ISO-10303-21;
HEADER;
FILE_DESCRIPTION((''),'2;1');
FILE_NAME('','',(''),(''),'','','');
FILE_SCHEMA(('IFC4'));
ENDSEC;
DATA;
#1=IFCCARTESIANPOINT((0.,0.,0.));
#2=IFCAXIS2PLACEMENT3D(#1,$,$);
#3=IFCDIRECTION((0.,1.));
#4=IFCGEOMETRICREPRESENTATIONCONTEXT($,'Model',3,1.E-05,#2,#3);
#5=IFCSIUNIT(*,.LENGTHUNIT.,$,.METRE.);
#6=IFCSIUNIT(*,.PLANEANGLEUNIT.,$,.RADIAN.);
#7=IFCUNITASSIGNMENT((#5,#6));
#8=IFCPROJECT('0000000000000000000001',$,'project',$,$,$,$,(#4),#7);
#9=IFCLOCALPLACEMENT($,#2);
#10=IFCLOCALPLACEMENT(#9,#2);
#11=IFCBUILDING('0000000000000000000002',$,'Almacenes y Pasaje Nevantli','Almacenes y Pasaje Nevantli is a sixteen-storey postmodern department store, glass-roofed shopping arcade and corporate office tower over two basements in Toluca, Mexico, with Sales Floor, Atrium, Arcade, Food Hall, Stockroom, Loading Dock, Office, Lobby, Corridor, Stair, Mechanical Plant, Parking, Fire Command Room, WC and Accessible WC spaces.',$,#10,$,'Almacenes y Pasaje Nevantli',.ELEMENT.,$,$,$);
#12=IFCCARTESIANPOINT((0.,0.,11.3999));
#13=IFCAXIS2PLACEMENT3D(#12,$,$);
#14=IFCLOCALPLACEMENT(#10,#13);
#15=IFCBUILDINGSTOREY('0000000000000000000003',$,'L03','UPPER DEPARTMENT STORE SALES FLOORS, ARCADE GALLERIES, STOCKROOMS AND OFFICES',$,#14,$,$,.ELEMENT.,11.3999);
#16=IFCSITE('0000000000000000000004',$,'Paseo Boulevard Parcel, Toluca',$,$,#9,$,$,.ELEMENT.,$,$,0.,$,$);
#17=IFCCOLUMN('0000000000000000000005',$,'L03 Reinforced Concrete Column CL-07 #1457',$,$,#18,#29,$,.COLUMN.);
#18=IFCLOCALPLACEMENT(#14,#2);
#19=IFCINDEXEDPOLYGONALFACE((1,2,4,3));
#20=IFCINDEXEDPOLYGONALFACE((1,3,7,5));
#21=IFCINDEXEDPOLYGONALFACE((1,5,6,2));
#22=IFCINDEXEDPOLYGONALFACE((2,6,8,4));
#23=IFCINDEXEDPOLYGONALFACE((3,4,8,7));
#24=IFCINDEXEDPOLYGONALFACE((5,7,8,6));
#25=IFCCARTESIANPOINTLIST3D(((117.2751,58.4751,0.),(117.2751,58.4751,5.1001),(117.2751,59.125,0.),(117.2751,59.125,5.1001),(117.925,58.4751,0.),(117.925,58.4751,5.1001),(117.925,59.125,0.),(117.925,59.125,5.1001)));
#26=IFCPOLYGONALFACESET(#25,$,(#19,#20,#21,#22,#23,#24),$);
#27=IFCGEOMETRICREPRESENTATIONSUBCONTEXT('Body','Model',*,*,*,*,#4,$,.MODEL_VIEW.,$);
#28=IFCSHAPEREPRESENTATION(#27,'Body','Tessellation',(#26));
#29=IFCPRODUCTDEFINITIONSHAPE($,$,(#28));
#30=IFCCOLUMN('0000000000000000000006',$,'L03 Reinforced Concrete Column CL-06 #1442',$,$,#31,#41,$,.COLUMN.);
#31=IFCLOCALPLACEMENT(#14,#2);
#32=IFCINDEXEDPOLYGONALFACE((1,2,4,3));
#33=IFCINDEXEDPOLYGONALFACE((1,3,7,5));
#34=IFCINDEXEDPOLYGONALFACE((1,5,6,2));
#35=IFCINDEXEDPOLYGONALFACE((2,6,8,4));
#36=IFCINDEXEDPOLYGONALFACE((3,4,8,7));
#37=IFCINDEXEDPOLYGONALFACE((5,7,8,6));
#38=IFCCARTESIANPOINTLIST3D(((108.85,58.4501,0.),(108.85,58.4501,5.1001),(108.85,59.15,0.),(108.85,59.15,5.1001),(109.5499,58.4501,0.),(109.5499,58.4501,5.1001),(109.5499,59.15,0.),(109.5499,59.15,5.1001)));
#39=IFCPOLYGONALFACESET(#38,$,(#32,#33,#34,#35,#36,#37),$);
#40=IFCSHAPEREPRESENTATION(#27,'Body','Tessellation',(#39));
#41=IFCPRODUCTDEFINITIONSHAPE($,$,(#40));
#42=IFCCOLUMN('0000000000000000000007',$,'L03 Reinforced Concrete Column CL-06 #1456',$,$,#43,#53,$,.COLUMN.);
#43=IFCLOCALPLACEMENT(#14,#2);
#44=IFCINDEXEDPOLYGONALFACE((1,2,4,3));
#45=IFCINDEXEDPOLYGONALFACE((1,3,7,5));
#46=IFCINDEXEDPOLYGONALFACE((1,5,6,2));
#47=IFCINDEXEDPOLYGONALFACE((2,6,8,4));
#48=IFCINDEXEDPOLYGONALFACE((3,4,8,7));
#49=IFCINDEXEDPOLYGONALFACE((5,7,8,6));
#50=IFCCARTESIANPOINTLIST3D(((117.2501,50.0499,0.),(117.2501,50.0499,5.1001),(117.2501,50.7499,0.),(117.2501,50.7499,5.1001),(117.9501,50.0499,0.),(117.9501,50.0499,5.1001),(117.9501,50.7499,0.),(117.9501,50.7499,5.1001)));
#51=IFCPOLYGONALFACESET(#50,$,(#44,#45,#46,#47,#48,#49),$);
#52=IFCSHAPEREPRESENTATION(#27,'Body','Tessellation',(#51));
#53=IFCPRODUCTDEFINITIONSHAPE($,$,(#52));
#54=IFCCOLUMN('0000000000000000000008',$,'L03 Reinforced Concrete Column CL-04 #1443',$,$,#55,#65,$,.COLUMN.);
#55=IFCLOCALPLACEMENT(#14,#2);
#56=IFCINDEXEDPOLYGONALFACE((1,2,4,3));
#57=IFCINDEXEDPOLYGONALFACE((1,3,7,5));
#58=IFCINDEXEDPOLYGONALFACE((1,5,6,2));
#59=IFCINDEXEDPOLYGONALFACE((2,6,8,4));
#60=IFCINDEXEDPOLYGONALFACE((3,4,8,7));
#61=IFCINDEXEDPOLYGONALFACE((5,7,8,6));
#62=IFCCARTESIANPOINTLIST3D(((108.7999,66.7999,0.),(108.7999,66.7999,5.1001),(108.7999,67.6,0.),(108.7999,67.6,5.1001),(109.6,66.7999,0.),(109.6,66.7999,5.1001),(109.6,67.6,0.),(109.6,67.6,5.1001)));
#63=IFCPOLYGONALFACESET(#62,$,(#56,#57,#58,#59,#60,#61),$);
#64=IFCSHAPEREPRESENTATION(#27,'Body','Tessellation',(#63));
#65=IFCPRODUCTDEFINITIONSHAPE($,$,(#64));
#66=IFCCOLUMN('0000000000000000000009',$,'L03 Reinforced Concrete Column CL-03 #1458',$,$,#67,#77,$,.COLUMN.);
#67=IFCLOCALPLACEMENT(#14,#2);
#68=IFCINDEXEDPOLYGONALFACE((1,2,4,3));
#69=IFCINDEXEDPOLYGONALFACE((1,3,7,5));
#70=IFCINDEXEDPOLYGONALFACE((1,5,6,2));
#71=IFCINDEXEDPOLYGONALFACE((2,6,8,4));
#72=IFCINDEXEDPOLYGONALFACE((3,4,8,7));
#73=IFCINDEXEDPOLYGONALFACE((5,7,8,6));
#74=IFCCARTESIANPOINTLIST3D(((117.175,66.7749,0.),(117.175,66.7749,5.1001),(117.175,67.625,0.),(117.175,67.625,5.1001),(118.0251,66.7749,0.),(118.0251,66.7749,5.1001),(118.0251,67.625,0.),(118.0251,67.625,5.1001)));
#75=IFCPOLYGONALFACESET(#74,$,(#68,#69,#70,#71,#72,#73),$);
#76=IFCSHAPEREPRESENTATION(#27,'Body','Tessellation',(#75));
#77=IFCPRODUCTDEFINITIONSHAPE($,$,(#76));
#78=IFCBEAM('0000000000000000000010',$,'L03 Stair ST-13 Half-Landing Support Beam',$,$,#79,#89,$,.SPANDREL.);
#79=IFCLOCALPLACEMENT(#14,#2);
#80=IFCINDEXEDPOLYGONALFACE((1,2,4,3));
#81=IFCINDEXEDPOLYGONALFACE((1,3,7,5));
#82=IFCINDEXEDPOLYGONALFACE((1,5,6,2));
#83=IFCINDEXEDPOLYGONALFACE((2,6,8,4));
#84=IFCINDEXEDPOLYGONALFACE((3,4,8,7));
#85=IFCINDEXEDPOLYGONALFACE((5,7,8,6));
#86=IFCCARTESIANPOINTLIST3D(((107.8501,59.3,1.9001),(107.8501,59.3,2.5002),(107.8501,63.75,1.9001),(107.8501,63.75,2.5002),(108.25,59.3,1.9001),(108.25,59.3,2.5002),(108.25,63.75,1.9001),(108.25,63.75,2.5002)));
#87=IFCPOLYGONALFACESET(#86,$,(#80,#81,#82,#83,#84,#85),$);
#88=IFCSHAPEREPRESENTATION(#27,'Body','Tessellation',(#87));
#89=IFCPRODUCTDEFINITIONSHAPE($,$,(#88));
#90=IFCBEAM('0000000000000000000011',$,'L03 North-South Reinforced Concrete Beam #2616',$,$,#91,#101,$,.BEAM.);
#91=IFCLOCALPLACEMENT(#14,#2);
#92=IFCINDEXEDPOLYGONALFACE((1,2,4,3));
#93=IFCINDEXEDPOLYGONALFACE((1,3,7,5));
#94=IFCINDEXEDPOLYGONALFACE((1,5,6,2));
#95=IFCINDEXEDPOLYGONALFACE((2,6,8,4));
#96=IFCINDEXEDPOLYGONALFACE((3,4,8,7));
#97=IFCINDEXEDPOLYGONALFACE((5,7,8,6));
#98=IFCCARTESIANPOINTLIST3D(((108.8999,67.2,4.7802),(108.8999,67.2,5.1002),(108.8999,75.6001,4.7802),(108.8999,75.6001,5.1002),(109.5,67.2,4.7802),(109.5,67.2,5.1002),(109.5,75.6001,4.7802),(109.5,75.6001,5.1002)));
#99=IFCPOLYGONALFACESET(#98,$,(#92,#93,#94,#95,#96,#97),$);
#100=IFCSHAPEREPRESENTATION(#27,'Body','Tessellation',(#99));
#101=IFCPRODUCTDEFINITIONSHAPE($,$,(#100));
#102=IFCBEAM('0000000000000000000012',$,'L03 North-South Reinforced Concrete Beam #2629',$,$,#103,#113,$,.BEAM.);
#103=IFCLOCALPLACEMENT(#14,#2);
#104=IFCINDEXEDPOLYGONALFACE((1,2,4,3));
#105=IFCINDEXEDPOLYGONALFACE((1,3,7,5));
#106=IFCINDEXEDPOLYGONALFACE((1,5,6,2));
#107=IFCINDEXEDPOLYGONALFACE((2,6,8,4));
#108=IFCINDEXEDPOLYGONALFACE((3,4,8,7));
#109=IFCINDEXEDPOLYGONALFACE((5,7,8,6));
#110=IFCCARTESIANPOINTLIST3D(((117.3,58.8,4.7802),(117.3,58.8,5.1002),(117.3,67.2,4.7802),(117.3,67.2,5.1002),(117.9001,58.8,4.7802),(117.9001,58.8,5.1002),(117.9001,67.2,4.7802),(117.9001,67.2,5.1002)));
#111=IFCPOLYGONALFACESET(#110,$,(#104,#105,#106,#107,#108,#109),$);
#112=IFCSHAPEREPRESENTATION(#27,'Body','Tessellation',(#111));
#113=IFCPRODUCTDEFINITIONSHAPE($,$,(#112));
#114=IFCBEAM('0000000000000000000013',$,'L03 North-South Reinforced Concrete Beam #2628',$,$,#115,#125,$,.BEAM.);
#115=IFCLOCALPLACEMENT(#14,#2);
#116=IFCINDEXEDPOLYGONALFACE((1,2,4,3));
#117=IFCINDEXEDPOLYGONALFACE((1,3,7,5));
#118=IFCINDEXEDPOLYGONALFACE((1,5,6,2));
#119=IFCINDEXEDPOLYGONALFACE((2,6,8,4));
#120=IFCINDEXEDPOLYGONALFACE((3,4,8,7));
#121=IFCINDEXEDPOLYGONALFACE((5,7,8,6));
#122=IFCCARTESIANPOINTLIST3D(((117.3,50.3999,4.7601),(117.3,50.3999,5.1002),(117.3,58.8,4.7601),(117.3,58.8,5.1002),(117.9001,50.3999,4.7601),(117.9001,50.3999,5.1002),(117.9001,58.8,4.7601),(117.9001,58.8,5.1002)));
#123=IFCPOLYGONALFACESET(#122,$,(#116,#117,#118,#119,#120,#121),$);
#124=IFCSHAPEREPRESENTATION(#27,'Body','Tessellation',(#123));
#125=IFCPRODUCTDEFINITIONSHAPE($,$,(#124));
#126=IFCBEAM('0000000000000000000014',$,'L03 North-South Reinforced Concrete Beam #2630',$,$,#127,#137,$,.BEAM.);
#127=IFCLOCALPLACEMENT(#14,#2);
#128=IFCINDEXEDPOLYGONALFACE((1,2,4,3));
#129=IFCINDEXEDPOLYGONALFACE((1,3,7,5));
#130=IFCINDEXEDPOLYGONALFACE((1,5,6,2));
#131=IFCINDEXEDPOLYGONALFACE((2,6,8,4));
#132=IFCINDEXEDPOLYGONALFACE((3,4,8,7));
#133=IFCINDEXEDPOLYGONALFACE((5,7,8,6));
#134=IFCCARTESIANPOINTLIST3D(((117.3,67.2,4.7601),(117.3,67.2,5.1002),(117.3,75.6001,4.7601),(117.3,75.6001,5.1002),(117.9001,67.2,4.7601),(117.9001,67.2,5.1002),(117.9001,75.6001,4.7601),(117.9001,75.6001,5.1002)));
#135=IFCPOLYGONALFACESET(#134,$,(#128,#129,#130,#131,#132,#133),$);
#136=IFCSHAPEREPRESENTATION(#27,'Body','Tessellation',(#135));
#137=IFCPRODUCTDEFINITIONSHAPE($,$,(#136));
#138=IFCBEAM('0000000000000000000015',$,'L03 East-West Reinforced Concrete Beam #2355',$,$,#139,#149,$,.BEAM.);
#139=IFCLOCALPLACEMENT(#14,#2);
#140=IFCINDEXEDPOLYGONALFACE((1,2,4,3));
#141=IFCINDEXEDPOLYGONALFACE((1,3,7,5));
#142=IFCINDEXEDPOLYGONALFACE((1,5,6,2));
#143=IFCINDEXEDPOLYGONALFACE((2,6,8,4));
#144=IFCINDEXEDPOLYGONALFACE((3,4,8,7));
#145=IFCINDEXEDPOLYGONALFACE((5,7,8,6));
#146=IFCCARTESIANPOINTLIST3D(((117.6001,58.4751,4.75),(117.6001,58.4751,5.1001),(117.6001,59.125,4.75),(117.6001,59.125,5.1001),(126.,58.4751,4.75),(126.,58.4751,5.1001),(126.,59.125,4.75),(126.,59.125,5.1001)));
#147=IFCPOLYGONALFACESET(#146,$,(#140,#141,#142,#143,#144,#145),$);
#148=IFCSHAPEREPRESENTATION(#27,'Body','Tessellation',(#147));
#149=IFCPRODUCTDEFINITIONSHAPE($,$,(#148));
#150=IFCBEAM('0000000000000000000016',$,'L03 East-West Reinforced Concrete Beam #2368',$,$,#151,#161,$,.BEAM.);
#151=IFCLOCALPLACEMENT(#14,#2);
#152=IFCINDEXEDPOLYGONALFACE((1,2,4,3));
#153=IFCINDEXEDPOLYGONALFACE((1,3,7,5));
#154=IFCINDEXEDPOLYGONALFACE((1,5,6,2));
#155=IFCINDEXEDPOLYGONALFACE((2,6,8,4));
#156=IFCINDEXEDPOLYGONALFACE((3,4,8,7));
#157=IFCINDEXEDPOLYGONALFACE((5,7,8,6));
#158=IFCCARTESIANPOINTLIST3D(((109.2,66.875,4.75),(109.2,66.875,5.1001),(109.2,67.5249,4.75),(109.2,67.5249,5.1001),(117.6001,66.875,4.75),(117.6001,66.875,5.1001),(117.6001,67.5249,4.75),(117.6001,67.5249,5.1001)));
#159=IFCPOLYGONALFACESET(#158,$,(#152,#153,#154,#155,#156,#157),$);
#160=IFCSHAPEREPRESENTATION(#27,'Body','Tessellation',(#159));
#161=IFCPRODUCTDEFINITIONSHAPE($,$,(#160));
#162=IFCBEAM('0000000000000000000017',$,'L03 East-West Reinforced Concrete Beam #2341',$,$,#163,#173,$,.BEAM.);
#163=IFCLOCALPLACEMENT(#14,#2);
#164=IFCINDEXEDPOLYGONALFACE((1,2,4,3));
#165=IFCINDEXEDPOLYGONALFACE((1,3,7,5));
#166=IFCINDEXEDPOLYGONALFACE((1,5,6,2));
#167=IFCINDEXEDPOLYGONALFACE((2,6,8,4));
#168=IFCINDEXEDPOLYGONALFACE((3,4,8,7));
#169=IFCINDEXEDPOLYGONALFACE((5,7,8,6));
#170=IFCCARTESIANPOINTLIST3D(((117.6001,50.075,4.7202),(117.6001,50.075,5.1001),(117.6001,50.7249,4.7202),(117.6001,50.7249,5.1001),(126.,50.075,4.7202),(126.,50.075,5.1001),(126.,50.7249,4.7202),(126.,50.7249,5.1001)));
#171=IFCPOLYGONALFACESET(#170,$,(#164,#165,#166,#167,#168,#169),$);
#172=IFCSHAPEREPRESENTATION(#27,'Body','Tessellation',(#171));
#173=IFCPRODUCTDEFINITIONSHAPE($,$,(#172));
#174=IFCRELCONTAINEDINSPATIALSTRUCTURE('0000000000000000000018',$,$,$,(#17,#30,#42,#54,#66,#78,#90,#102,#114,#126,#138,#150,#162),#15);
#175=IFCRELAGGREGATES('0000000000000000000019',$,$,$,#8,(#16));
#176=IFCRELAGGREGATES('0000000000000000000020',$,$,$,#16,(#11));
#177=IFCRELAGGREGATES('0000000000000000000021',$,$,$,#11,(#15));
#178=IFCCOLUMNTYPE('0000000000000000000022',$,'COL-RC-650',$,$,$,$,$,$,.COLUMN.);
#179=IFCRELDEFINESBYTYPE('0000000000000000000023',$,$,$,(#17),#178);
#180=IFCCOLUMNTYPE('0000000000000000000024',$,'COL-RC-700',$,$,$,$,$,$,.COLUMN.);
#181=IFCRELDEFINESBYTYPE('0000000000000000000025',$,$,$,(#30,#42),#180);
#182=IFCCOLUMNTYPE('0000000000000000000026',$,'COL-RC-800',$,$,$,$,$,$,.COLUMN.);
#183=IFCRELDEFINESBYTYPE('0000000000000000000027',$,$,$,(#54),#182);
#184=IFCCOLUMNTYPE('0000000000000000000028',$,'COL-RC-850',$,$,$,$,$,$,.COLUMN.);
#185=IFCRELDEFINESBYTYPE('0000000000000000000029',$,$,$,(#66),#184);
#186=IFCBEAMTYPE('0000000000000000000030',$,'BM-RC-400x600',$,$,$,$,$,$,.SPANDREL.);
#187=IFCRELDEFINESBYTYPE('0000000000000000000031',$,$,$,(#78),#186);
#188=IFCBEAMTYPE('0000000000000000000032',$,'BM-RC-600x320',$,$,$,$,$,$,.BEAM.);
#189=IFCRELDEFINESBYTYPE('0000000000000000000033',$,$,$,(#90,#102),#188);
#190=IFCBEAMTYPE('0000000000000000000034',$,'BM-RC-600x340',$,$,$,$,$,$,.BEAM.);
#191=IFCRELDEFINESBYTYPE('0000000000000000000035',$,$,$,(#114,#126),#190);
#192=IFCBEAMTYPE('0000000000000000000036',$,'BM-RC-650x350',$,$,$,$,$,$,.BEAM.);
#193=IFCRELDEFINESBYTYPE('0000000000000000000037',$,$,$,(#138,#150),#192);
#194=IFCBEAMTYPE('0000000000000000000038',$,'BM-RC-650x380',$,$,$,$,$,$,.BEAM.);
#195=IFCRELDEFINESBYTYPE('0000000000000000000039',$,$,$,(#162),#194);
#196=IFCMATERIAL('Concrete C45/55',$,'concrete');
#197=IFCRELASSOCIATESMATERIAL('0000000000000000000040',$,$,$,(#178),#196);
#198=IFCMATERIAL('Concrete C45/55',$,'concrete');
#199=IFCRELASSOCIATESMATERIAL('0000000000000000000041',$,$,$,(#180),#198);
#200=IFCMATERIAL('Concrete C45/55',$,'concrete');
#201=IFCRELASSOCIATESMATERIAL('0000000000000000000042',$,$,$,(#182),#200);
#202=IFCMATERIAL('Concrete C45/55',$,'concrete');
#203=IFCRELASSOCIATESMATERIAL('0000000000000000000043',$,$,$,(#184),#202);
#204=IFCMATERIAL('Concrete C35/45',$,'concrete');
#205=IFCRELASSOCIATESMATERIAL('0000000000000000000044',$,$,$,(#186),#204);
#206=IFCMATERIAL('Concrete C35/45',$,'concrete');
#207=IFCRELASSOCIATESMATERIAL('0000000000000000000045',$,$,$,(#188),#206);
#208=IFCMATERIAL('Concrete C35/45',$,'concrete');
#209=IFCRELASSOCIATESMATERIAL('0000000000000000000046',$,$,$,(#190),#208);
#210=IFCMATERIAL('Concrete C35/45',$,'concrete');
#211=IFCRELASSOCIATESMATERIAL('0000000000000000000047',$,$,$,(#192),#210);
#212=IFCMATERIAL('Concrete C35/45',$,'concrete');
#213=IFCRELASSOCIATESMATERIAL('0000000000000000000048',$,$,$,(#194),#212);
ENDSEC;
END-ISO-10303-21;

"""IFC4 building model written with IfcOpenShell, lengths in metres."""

from ifc_helpers import new_model, si_unit, direction, frame, origin, origin_2d, place, context, subcontext, project, spatial, rectangle, extrude, material, material_profile, profile_set, type_object, element, save


model = new_model("IFC4")

# Units and contexts
model_context = context("Model", 3, precision=1e-05, world=origin(), true_north=direction((0.0, 1.0)))
body_context = subcontext(model_context, "Body", "Model", "MODEL_VIEW")
ifc_project = project(units=[si_unit("LENGTHUNIT", "METRE"), si_unit("PLANEANGLEUNIT", "RADIAN")], contexts=[model_context])

# Site, building, storey
site_placement = place(None, origin())
site = spatial("IfcSite", under=ifc_project, at=site_placement, Name="Paseo Boulevard Parcel, Toluca", CompositionType="ELEMENT", RefElevation=0.0)
building_placement = place(site_placement, origin())
building = spatial("IfcBuilding", under=site, at=building_placement, Name="Almacenes y Pasaje Nevantli", Description="Almacenes y Pasaje Nevantli is a sixteen-storey postmodern department store, glass-roofed shopping arcade and corporate office tower over two basements in Toluca, Mexico, with Sales Floor, Atrium, Arcade, Food Hall, Stockroom, Loading Dock, Office, Lobby, Corridor, Stair, Mechanical Plant, Parking, Fire Command Room, WC and Accessible WC spaces.", LongName="Almacenes y Pasaje Nevantli", CompositionType="ELEMENT")
storey_placement = place(building_placement, frame((0.0, 0.0, 11.3999)))
storey = spatial("IfcBuildingStorey", under=building, at=storey_placement, Name="L03", Description="UPPER DEPARTMENT STORE SALES FLOORS, ARCADE GALLERIES, STOCKROOMS AND OFFICES", CompositionType="ELEMENT", Elevation=11.3999)

# Columns
ifc_material_1 = material(Name="Concrete C45/55", Category="concrete")
ifc_material_profile_1 = material_profile(ifc_material_1, rectangle(XDim=0.6499, YDim=0.6499, at=origin_2d()), Name="RC-COL-650x650")
ifc_profile_set_1 = profile_set([ifc_material_profile_1], Name="Concrete C45/55")
column_type_1 = type_object("IfcColumnType", Name="COL-RC-650", PredefinedType="COLUMN", material=ifc_profile_set_1)
column_1_placement = place(storey_placement, frame((117.6001, 58.8, 0.0), z_axis=(0.0, 0.0, 1.0), x_axis=(1.0, 0.0, 0.0)))
element("IfcColumn", 1, at=column_1_placement, inside=storey, type_object=column_type_1, Name="L03 Reinforced Concrete Column CL-07 #1457", PredefinedType="COLUMN", context=body_context, shape_type="SweptSolid", body=[
    extrude(rectangle(XDim=0.6499, YDim=0.6499, at=origin_2d()), origin(), (0.0, 0.0, 1.0), 5.1001),
])
ifc_material_2 = material(Name="Concrete C45/55", Category="concrete")
ifc_material_profile_2 = material_profile(ifc_material_2, rectangle(XDim=0.7, YDim=0.7, at=origin_2d()), Name="RC-COL-700x700")
ifc_profile_set_2 = profile_set([ifc_material_profile_2], Name="Concrete C45/55")
column_type_2 = type_object("IfcColumnType", Name="COL-RC-700", PredefinedType="COLUMN", material=ifc_profile_set_2)
for number, where, z_axis, x_axis, name in (
    (2, (109.2, 58.8, 0.0), (0.0, 0.0, 1.0), (1.0, 0.0, 0.0), "L03 Reinforced Concrete Column CL-06 #1442"),
    (3, (117.6001, 50.3999, 0.0), (0.0, 0.0, 1.0), (1.0, 0.0, 0.0), "L03 Reinforced Concrete Column CL-06 #1456"),
):
    element("IfcColumn", number, at=place(storey_placement, frame(where, z_axis=z_axis, x_axis=x_axis)), inside=storey, type_object=column_type_2, Name=name, PredefinedType="COLUMN", context=body_context, shape_type="SweptSolid", body=[
        extrude(rectangle(XDim=0.7, YDim=0.7, at=origin_2d()), origin(), (0.0, 0.0, 1.0), 5.1001),
    ])
ifc_material_3 = material(Name="Concrete C45/55", Category="concrete")
ifc_material_profile_3 = material_profile(ifc_material_3, rectangle(XDim=0.8, YDim=0.8, at=origin_2d()), Name="RC-COL-800x800")
ifc_profile_set_3 = profile_set([ifc_material_profile_3], Name="Concrete C45/55")
column_type_3 = type_object("IfcColumnType", Name="COL-RC-800", PredefinedType="COLUMN", material=ifc_profile_set_3)
column_2_placement = place(storey_placement, frame((109.2, 67.2, 0.0), z_axis=(0.0, 0.0, 1.0), x_axis=(1.0, 0.0, 0.0)))
element("IfcColumn", 4, at=column_2_placement, inside=storey, type_object=column_type_3, Name="L03 Reinforced Concrete Column CL-04 #1443", PredefinedType="COLUMN", context=body_context, shape_type="SweptSolid", body=[
    extrude(rectangle(XDim=0.8, YDim=0.8, at=origin_2d()), origin(), (0.0, 0.0, 1.0), 5.1001),
])
ifc_material_4 = material(Name="Concrete C45/55", Category="concrete")
ifc_material_profile_4 = material_profile(ifc_material_4, rectangle(XDim=0.8501, YDim=0.8501, at=origin_2d()), Name="RC-COL-850x850")
ifc_profile_set_4 = profile_set([ifc_material_profile_4], Name="Concrete C45/55")
column_type_4 = type_object("IfcColumnType", Name="COL-RC-850", PredefinedType="COLUMN", material=ifc_profile_set_4)
column_3_placement = place(storey_placement, frame((117.6001, 67.2, 0.0), z_axis=(0.0, 0.0, 1.0), x_axis=(1.0, 0.0, 0.0)))
element("IfcColumn", 5, at=column_3_placement, inside=storey, type_object=column_type_4, Name="L03 Reinforced Concrete Column CL-03 #1458", PredefinedType="COLUMN", context=body_context, shape_type="SweptSolid", body=[
    extrude(rectangle(XDim=0.8501, YDim=0.8501, at=origin_2d()), origin(), (0.0, 0.0, 1.0), 5.1001),
])

# Beams
ifc_material_5 = material(Name="Concrete C35/45", Category="concrete")
ifc_material_profile_5 = material_profile(ifc_material_5, rectangle(XDim=0.3999, YDim=0.6001, at=origin_2d()), Name="RC-BM-400x600")
ifc_profile_set_5 = profile_set([ifc_material_profile_5], Name="Concrete C35/45")
beam_type_1 = type_object("IfcBeamType", Name="BM-RC-400x600", PredefinedType="SPANDREL", material=ifc_profile_set_5)
beam_1_placement = place(storey_placement, frame((108.05, 59.3, 2.2002), z_axis=(0.0, 1.0, 0.0), x_axis=(-1.0, 0.0, 0.0)))
element("IfcBeam", 6, at=beam_1_placement, inside=storey, type_object=beam_type_1, Name="L03 Stair ST-13 Half-Landing Support Beam", PredefinedType="SPANDREL", context=body_context, shape_type="SweptSolid", body=[
    extrude(rectangle(XDim=0.3999, YDim=0.6001, at=origin_2d()), origin(), (0.0, 0.0, 1.0), 4.45),
])
ifc_material_6 = material(Name="Concrete C35/45", Category="concrete")
ifc_material_profile_6 = material_profile(ifc_material_6, rectangle(XDim=0.6001, YDim=0.3201, at=origin_2d()), Name="RC-BM-600x320")
ifc_profile_set_6 = profile_set([ifc_material_profile_6], Name="Concrete C35/45")
beam_type_2 = type_object("IfcBeamType", Name="BM-RC-600x320", PredefinedType="BEAM", material=ifc_profile_set_6)
beam_2_placement = place(storey_placement, frame((109.2, 67.2, 4.9402), z_axis=(0.0, 1.0, 0.0), x_axis=(-1.0, 0.0, 0.0)))
element("IfcBeam", 7, at=beam_2_placement, inside=storey, type_object=beam_type_2, Name="L03 North-South Reinforced Concrete Beam #2616", PredefinedType="BEAM", context=body_context, shape_type="SweptSolid", body=[
    extrude(rectangle(XDim=0.6001, YDim=0.3201, at=origin_2d()), origin(), (0.0, 0.0, 1.0), 8.4001),
])
beam_3_placement = place(storey_placement, frame((117.6001, 58.8, 4.9402), z_axis=(0.0, 1.0, 0.0), x_axis=(-1.0, 0.0, 0.0)))
element("IfcBeam", 8, at=beam_3_placement, inside=storey, type_object=beam_type_2, Name="L03 North-South Reinforced Concrete Beam #2629", PredefinedType="BEAM", context=body_context, shape_type="SweptSolid", body=[
    extrude(rectangle(XDim=0.6001, YDim=0.3201, at=origin_2d()), origin(), (0.0, 0.0, 1.0), 8.3999),
])
ifc_material_7 = material(Name="Concrete C35/45", Category="concrete")
ifc_material_profile_7 = material_profile(ifc_material_7, rectangle(XDim=0.6001, YDim=0.3401, at=origin_2d()), Name="RC-BM-600x340")
ifc_profile_set_7 = profile_set([ifc_material_profile_7], Name="Concrete C35/45")
beam_type_3 = type_object("IfcBeamType", Name="BM-RC-600x340", PredefinedType="BEAM", material=ifc_profile_set_7)
for number, where, z_axis, x_axis, name in (
    (9, (117.6001, 50.3999, 4.9302), (0.0, 1.0, 0.0), (-1.0, 0.0, 0.0), "L03 North-South Reinforced Concrete Beam #2628"),
    (10, (117.6001, 67.2, 4.9302), (0.0, 1.0, 0.0), (-1.0, 0.0, 0.0), "L03 North-South Reinforced Concrete Beam #2630"),
):
    element("IfcBeam", number, at=place(storey_placement, frame(where, z_axis=z_axis, x_axis=x_axis)), inside=storey, type_object=beam_type_3, Name=name, PredefinedType="BEAM", context=body_context, shape_type="SweptSolid", body=[
        extrude(rectangle(XDim=0.6001, YDim=0.3401, at=origin_2d()), origin(), (0.0, 0.0, 1.0), 8.4001),
    ])
ifc_material_8 = material(Name="Concrete C35/45", Category="concrete")
ifc_material_profile_8 = material_profile(ifc_material_8, rectangle(XDim=0.6499, YDim=0.3501, at=origin_2d()), Name="RC-BM-650x350")
ifc_profile_set_8 = profile_set([ifc_material_profile_8], Name="Concrete C35/45")
beam_type_4 = type_object("IfcBeamType", Name="BM-RC-650x350", PredefinedType="BEAM", material=ifc_profile_set_8)
beam_4_placement = place(storey_placement, frame((117.6001, 58.8, 4.925), z_axis=(1.0, 0.0, 0.0), x_axis=(0.0, 1.0, 0.0)))
element("IfcBeam", 11, at=beam_4_placement, inside=storey, type_object=beam_type_4, Name="L03 East-West Reinforced Concrete Beam #2355", PredefinedType="BEAM", context=body_context, shape_type="SweptSolid", body=[
    extrude(rectangle(XDim=0.6499, YDim=0.3501, at=origin_2d()), origin(), (0.0, 0.0, 1.0), 8.3999),
])
beam_5_placement = place(storey_placement, frame((109.2, 67.2, 4.925), z_axis=(1.0, 0.0, 0.0), x_axis=(0.0, 1.0, 0.0)))
element("IfcBeam", 12, at=beam_5_placement, inside=storey, type_object=beam_type_4, Name="L03 East-West Reinforced Concrete Beam #2368", PredefinedType="BEAM", context=body_context, shape_type="SweptSolid", body=[
    extrude(rectangle(XDim=0.6499, YDim=0.3501, at=origin_2d()), origin(), (0.0, 0.0, 1.0), 8.4001),
])
ifc_material_9 = material(Name="Concrete C35/45", Category="concrete")
ifc_material_profile_9 = material_profile(ifc_material_9, rectangle(XDim=0.6499, YDim=0.3799, at=origin_2d()), Name="RC-BM-650x380")
ifc_profile_set_9 = profile_set([ifc_material_profile_9], Name="Concrete C35/45")
beam_type_5 = type_object("IfcBeamType", Name="BM-RC-650x380", PredefinedType="BEAM", material=ifc_profile_set_9)
beam_6_placement = place(storey_placement, frame((117.6001, 50.3999, 4.9102), z_axis=(1.0, 0.0, 0.0), x_axis=(0.0, 1.0, 0.0)))
element("IfcBeam", 13, at=beam_6_placement, inside=storey, type_object=beam_type_5, Name="L03 East-West Reinforced Concrete Beam #2341", PredefinedType="BEAM", context=body_context, shape_type="SweptSolid", body=[
    extrude(rectangle(XDim=0.6499, YDim=0.3799, at=origin_2d()), origin(), (0.0, 0.0, 1.0), 8.3999),
])

save(model, "model.ifc")
